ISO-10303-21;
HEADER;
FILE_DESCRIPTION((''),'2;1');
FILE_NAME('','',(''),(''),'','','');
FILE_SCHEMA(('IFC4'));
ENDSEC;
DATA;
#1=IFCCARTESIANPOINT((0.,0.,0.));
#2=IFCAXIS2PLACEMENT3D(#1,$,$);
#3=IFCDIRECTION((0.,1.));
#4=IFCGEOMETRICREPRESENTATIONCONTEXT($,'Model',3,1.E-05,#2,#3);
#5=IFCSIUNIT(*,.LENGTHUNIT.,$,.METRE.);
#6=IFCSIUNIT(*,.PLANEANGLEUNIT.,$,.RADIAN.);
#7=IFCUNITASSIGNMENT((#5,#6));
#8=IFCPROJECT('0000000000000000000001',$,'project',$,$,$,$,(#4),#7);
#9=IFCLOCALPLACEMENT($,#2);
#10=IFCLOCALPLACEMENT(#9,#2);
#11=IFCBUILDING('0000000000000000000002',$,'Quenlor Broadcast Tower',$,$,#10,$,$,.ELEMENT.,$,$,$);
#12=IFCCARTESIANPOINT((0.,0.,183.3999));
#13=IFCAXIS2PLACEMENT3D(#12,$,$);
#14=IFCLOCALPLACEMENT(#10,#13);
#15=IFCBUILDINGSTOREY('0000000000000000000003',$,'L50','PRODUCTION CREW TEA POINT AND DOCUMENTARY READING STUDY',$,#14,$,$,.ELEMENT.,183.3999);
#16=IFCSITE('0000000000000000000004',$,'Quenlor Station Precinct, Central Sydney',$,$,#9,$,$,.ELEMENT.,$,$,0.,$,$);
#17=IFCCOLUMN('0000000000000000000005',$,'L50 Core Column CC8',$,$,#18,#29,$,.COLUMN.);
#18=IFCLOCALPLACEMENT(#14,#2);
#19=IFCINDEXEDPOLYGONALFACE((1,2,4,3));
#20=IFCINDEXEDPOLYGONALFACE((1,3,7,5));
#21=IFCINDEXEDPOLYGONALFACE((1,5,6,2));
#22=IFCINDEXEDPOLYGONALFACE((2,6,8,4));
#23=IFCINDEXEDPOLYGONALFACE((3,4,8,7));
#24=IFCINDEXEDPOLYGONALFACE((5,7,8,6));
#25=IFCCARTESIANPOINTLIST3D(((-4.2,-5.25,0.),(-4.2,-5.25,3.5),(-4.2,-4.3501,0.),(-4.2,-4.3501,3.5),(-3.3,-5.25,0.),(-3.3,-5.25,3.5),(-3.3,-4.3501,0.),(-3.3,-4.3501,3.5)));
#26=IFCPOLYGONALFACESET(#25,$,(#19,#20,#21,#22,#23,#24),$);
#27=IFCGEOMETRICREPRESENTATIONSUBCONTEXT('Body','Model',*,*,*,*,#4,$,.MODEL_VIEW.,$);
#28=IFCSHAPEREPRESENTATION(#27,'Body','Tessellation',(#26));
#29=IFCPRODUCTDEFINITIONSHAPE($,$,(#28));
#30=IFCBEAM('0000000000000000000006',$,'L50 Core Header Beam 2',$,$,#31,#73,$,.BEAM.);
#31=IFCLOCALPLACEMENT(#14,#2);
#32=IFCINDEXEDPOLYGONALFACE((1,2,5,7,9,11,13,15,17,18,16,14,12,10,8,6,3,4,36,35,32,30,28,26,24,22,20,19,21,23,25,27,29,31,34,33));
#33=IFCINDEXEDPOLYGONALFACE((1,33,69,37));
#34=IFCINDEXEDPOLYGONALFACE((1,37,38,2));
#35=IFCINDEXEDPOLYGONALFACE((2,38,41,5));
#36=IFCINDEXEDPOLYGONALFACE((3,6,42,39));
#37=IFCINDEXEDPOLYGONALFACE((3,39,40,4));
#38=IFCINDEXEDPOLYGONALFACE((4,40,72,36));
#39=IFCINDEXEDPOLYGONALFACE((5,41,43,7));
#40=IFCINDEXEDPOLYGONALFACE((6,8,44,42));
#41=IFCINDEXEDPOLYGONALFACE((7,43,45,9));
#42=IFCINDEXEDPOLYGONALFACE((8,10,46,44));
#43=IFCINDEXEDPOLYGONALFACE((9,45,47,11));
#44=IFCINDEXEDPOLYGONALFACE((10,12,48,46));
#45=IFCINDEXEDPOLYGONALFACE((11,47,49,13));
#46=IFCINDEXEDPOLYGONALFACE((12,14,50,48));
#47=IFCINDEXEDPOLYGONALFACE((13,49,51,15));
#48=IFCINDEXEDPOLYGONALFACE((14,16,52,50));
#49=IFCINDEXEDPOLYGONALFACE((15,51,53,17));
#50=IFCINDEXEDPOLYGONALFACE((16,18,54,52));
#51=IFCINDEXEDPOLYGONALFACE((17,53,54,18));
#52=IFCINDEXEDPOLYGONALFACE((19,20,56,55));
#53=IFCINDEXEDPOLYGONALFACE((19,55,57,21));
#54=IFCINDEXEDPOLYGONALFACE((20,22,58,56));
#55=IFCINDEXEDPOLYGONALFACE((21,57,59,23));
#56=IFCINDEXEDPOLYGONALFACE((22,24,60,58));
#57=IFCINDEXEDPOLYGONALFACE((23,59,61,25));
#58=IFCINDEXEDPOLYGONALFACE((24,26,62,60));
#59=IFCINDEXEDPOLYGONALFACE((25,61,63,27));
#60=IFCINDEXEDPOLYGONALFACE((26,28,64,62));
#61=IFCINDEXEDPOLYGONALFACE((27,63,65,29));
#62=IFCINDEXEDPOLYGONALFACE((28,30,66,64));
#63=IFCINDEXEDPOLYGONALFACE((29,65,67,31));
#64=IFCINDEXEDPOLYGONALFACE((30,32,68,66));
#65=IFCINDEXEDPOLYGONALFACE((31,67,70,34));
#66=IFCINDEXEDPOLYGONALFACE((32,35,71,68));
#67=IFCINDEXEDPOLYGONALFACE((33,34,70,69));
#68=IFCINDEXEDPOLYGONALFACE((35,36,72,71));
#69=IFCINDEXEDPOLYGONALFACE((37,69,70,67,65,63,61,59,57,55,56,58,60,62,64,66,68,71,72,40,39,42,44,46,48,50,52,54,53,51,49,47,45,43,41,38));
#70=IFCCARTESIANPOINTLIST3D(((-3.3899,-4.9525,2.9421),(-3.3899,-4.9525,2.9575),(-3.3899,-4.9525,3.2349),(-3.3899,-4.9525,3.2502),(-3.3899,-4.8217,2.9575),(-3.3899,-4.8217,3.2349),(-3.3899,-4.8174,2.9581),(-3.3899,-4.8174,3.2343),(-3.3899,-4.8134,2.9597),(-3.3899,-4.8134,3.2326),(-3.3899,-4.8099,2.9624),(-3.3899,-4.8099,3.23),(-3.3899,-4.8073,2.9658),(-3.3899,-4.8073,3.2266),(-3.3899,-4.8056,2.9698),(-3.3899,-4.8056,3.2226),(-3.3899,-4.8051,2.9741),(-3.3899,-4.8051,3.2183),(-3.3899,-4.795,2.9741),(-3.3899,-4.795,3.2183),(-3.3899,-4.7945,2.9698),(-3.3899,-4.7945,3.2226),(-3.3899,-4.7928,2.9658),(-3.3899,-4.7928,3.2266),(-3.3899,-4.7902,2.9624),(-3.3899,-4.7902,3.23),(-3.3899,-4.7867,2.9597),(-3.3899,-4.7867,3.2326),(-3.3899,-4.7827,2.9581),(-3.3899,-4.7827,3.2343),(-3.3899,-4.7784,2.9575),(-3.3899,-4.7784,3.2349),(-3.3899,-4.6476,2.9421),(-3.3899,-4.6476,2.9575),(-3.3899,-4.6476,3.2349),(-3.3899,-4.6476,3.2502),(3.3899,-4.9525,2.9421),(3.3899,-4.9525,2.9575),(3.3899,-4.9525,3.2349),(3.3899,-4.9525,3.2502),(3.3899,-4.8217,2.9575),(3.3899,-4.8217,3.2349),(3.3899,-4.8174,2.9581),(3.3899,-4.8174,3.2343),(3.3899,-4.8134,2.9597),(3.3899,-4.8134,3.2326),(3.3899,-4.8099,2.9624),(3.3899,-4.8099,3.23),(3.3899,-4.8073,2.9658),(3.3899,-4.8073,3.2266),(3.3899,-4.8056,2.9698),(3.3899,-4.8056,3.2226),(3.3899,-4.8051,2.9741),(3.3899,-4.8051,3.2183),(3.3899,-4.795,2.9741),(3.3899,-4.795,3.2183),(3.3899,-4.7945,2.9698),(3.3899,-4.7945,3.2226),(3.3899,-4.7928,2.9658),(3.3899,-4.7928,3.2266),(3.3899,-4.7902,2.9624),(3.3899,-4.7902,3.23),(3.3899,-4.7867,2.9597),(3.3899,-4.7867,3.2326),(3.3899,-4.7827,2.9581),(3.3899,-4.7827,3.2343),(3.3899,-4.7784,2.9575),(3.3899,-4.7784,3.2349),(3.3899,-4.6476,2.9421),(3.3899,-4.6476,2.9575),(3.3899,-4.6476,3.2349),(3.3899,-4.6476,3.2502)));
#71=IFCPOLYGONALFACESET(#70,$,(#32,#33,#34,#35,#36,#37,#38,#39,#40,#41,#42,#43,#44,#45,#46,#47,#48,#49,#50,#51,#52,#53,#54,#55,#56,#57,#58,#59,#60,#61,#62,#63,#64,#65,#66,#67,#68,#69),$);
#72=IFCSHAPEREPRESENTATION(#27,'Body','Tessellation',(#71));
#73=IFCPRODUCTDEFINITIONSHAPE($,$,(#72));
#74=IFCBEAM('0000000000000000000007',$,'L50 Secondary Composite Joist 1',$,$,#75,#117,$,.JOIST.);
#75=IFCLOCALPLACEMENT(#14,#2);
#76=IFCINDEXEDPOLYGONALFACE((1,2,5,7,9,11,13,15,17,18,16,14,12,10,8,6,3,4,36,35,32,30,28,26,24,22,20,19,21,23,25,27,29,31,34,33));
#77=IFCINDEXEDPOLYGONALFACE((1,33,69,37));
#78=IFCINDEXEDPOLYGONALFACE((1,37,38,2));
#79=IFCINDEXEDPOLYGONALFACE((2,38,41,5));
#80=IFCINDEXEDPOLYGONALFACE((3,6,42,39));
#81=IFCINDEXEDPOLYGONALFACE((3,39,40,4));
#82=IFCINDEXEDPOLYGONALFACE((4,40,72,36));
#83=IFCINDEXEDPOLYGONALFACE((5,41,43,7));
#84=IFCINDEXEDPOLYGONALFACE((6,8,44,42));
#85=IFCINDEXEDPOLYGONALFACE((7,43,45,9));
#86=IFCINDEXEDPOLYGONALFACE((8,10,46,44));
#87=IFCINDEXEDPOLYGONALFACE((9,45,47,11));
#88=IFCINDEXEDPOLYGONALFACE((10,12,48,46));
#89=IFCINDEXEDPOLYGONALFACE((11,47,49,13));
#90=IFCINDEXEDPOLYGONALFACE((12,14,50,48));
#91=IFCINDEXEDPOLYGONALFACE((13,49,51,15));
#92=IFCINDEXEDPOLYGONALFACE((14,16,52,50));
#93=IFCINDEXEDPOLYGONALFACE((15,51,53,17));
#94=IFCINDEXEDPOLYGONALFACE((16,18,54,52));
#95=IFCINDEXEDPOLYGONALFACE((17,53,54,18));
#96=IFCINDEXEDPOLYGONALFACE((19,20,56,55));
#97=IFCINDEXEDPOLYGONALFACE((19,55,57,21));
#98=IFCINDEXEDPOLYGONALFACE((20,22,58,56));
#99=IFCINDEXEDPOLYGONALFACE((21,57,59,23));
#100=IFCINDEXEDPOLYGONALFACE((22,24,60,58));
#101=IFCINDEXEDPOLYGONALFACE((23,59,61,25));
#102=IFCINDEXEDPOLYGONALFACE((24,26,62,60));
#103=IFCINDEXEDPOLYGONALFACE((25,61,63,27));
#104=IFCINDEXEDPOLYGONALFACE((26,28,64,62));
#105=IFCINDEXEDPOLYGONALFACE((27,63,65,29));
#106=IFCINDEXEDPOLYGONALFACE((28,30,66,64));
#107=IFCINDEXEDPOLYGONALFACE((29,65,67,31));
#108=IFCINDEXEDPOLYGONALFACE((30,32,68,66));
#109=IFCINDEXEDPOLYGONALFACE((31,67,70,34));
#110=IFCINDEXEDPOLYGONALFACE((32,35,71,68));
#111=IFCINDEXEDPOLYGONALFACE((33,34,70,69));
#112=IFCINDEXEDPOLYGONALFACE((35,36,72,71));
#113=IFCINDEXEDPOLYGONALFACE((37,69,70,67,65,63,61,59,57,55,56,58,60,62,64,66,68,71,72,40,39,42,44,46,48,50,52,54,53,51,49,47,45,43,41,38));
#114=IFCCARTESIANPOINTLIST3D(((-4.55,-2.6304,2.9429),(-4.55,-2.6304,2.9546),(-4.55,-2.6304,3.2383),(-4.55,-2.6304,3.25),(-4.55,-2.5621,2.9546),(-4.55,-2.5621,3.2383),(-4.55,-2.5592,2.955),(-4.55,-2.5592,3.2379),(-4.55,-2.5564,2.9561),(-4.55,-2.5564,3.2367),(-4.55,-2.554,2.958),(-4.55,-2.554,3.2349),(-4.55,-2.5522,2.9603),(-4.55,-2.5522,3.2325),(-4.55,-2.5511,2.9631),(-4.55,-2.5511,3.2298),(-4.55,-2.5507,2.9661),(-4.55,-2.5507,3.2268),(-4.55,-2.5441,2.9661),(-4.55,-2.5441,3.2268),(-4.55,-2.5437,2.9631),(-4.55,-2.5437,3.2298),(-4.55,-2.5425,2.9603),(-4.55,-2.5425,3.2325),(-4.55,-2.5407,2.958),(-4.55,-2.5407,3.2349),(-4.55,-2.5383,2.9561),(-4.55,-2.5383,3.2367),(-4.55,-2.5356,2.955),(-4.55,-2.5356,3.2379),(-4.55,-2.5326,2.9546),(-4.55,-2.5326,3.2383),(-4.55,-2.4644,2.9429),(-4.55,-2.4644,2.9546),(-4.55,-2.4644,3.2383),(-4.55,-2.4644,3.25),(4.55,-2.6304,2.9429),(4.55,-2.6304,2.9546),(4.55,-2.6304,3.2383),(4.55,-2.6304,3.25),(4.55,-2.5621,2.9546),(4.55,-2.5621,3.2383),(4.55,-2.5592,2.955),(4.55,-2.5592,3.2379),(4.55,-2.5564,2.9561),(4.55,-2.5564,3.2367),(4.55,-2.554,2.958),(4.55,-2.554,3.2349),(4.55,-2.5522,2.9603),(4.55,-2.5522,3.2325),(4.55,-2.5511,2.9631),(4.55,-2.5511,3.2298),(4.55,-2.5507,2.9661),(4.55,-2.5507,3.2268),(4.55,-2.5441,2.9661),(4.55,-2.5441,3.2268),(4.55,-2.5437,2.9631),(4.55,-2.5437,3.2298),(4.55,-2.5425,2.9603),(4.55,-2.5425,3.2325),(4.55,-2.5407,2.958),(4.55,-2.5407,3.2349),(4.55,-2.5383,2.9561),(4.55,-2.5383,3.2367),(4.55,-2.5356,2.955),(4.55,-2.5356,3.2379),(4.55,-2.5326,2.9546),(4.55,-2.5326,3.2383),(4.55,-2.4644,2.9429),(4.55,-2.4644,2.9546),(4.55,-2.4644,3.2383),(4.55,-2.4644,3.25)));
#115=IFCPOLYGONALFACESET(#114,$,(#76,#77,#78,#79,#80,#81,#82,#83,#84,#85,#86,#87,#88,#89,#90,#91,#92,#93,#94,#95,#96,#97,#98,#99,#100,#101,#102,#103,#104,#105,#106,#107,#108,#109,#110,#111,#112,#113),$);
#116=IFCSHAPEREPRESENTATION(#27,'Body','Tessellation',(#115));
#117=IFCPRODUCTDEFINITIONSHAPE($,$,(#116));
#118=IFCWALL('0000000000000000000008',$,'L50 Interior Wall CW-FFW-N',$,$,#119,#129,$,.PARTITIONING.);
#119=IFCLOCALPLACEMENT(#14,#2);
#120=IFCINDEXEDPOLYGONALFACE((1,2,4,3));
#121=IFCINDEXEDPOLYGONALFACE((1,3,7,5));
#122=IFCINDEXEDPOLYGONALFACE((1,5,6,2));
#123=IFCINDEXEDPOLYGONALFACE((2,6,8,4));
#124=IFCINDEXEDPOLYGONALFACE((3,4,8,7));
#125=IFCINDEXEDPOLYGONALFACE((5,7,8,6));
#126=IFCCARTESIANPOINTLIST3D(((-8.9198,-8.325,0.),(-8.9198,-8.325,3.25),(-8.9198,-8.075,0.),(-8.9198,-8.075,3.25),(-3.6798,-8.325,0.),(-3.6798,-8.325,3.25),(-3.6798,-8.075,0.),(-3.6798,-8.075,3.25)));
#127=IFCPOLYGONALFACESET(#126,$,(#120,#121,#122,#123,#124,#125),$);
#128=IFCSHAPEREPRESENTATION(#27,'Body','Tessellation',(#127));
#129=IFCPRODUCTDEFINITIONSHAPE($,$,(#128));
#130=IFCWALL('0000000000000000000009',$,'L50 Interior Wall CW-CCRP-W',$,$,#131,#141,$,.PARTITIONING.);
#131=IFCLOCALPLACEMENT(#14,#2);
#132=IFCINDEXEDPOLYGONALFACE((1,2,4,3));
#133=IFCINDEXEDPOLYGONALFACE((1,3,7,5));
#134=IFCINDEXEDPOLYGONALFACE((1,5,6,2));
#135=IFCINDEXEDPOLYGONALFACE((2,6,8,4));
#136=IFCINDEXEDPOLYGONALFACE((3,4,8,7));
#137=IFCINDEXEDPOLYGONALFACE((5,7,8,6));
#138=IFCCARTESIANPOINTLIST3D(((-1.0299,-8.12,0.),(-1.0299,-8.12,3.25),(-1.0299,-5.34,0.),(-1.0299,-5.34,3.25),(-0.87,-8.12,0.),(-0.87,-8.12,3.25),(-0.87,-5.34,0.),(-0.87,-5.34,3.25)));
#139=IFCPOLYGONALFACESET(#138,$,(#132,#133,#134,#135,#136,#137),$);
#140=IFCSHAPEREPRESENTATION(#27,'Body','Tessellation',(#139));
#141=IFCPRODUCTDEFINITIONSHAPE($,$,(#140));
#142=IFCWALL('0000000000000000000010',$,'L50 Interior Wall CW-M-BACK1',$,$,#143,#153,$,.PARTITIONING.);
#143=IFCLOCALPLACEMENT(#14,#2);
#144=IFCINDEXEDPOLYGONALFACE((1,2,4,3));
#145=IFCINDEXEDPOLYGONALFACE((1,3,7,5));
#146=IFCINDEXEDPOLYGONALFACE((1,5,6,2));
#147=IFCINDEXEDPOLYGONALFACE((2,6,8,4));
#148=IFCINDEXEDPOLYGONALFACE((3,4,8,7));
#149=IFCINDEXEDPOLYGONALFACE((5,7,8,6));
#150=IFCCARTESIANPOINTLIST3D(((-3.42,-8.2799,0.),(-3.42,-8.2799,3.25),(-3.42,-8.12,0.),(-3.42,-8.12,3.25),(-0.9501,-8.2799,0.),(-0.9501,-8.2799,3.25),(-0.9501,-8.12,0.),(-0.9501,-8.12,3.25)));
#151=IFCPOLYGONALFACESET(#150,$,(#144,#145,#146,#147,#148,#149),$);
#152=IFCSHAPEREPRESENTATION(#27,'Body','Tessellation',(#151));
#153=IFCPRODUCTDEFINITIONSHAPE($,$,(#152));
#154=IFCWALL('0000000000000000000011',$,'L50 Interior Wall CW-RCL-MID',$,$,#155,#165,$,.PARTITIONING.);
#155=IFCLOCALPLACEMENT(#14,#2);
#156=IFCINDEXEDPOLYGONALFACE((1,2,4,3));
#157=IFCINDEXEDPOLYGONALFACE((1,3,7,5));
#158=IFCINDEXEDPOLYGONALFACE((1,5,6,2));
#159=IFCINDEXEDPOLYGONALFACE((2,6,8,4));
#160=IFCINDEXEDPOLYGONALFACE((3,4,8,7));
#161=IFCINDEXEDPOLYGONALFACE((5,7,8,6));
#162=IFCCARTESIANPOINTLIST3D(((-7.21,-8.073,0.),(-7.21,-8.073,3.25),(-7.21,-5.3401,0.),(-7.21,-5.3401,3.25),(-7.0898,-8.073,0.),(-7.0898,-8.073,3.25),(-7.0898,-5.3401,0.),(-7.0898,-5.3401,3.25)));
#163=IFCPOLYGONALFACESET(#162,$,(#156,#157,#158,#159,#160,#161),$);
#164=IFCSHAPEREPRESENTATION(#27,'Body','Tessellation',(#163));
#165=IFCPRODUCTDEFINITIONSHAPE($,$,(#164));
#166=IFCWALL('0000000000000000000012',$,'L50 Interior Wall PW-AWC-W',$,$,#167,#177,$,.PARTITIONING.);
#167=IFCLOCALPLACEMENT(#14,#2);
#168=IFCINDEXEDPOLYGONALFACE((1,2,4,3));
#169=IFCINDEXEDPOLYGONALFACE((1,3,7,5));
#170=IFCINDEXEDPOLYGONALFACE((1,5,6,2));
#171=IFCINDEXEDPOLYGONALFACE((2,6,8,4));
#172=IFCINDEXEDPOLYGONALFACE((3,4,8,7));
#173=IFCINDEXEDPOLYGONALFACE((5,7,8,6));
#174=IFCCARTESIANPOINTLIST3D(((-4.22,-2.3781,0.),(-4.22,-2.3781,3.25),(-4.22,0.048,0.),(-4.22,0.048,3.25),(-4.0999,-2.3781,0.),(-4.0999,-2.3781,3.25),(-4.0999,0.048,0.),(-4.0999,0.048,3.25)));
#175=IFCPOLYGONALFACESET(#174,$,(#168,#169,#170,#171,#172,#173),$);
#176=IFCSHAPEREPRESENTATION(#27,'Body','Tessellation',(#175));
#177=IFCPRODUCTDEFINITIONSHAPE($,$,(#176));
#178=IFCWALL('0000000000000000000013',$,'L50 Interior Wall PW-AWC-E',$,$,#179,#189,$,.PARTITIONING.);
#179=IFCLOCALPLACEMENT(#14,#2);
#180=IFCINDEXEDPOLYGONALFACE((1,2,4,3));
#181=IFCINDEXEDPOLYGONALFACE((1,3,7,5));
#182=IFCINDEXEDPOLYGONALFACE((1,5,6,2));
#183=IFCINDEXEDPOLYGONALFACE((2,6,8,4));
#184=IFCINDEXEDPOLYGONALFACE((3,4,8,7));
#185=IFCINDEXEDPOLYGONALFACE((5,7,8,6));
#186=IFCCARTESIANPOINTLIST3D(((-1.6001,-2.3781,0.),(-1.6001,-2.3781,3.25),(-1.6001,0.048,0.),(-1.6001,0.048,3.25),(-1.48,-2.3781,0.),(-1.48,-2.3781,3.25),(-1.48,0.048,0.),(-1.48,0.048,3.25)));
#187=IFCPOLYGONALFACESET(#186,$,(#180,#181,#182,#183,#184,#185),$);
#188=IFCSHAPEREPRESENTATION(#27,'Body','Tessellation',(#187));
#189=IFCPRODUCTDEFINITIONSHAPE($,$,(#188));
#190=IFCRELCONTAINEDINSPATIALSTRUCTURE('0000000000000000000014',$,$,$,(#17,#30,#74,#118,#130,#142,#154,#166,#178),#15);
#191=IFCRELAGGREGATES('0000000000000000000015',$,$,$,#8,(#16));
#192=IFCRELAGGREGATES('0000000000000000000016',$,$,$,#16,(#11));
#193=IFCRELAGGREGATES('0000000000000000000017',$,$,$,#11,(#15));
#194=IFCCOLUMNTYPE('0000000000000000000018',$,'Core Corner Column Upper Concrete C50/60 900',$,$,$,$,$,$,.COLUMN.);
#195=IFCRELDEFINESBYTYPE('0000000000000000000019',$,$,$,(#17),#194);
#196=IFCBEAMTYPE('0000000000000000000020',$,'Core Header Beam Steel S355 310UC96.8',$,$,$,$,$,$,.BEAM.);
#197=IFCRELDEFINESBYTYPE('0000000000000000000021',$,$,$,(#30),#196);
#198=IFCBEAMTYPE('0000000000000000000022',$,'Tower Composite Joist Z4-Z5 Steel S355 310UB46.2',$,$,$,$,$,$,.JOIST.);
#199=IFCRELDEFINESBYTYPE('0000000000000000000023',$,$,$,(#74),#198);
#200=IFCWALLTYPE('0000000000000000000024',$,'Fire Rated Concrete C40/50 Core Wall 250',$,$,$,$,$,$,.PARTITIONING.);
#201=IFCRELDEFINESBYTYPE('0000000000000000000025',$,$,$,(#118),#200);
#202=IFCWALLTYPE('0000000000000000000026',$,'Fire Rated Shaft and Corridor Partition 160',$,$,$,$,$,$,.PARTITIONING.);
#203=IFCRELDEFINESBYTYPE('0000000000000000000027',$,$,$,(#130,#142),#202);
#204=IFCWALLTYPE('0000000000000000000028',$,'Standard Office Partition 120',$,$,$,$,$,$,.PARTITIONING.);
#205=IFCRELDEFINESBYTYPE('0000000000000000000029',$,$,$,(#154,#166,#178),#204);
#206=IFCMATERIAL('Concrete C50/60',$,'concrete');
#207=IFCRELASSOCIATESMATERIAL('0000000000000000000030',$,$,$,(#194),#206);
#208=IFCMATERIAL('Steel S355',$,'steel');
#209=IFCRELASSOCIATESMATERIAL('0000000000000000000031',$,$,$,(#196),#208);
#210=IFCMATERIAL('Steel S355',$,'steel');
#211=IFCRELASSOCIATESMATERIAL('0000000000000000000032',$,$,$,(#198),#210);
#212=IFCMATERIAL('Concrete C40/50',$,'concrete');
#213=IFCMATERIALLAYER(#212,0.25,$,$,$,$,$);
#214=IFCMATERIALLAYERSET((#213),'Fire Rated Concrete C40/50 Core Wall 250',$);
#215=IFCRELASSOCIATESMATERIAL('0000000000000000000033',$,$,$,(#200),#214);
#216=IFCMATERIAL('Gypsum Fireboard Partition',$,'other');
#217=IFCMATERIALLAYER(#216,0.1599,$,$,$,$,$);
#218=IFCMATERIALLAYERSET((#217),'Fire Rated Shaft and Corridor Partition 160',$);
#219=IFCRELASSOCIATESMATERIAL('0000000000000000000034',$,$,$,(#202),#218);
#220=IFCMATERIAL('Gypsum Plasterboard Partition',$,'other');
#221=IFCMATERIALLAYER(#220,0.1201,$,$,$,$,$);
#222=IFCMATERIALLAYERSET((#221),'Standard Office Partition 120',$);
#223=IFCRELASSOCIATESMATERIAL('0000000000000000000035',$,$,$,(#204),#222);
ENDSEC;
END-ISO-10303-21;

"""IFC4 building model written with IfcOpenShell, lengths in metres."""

from ifc_helpers import new_model, si_unit, direction, frame, frame_2d, origin, origin_2d, place, context, subcontext, project, spatial, rectangle, i_section, extrude, material, layer, layer_set, material_profile, profile_set, type_object, element, save


model = new_model("IFC4")

# Units and contexts
model_context = context("Model", 3, precision=1e-05, world=origin(), true_north=direction((0.0, 1.0)))
body_context = subcontext(model_context, "Body", "Model", "MODEL_VIEW")
ifc_project = project(units=[si_unit("LENGTHUNIT", "METRE"), si_unit("PLANEANGLEUNIT", "RADIAN")], contexts=[model_context])

# Site, building, storey
site_placement = place(None, origin())
site = spatial("IfcSite", under=ifc_project, at=site_placement, Name="Quenlor Station Precinct, Central Sydney", CompositionType="ELEMENT", RefElevation=0.0)
building_placement = place(site_placement, origin())
building = spatial("IfcBuilding", under=site, at=building_placement, Name="Quenlor Broadcast Tower", CompositionType="ELEMENT")
storey_placement = place(building_placement, frame((0.0, 0.0, 183.3999)))
storey = spatial("IfcBuildingStorey", under=building, at=storey_placement, Name="L50", Description="PRODUCTION CREW TEA POINT AND DOCUMENTARY READING STUDY", CompositionType="ELEMENT", Elevation=183.3999)

# Column
ifc_material_1 = material(Name="Concrete C50/60", Category="concrete")
ifc_material_profile_1 = material_profile(ifc_material_1, rectangle(XDim=0.8999, YDim=0.8999, at=origin_2d()))
ifc_profile_set_1 = profile_set([ifc_material_profile_1], Name="Concrete C50/60 RC900x900")
column_type = type_object("IfcColumnType", Name="Core Corner Column Upper Concrete C50/60 900", PredefinedType="COLUMN", material=ifc_profile_set_1)
column_placement = place(storey_placement, frame((-3.75, -4.8, 0.0), z_axis=(0.0, 0.0, 1.0), x_axis=(1.0, 0.0, 0.0)))
element("IfcColumn", 1, at=column_placement, inside=storey, type_object=column_type, Name="L50 Core Column CC8", PredefinedType="COLUMN", context=body_context, shape_type="SweptSolid", body=[
    extrude(rectangle(XDim=0.8999, YDim=0.8999, at=origin_2d()), origin(), (0.0, 0.0, 1.0), 3.5),
])

# Beams
ifc_material_2 = material(Name="Steel S355", Category="steel")
ifc_material_profile_2 = material_profile(ifc_material_2, i_section(OverallWidth=0.3049, OverallDepth=0.3081, WebThickness=0.01, FlangeThickness=0.0154, FilletRadius=0.0166, at=origin_2d()))
ifc_profile_set_2 = profile_set([ifc_material_profile_2], Name="Steel S355 310UC96.8")
beam_type_1 = type_object("IfcBeamType", Name="Core Header Beam Steel S355 310UC96.8", PredefinedType="BEAM", material=ifc_profile_set_2)
beam_1_placement = place(storey_placement, frame((-3.3899, -4.8, 3.0962), z_axis=(1.0, 0.0, 0.0), x_axis=(0.0, 1.0, 0.0)))
element("IfcBeam", 2, at=beam_1_placement, inside=storey, type_object=beam_type_1, Name="L50 Core Header Beam 2", PredefinedType="BEAM", context=body_context, shape_type="SweptSolid", body=[
    extrude(i_section(OverallWidth=0.3049, OverallDepth=0.3081, WebThickness=0.01, FlangeThickness=0.0154, FilletRadius=0.0166, at=origin_2d()), origin(), (0.0, 0.0, 1.0), 6.7798),
])
ifc_material_3 = material(Name="Steel S355", Category="steel")
ifc_material_profile_3 = material_profile(ifc_material_3, i_section(OverallWidth=0.166, OverallDepth=0.3071, WebThickness=0.0066, FlangeThickness=0.0117, FilletRadius=0.0115, at=origin_2d()))
ifc_profile_set_3 = profile_set([ifc_material_profile_3], Name="Steel S355 310UB46.2")
beam_type_2 = type_object("IfcBeamType", Name="Tower Composite Joist Z4-Z5 Steel S355 310UB46.2", PredefinedType="JOIST", material=ifc_profile_set_3)
beam_2_placement = place(storey_placement, frame((-4.55, -2.5474, 3.0964), z_axis=(1.0, 0.0, 0.0), x_axis=(0.0, 1.0, 0.0)))
element("IfcBeam", 3, at=beam_2_placement, inside=storey, type_object=beam_type_2, Name="L50 Secondary Composite Joist 1", PredefinedType="JOIST", context=body_context, shape_type="SweptSolid", body=[
    extrude(i_section(OverallWidth=0.166, OverallDepth=0.3071, WebThickness=0.0066, FlangeThickness=0.0117, FilletRadius=0.0115, at=origin_2d()), origin(), (0.0, 0.0, 1.0), 9.1001),
])

# Wall
ifc_material_4 = material(Name="Concrete C40/50", Category="concrete")
ifc_layer_1 = layer(ifc_material_4, 0.25)
ifc_layer_set_1 = layer_set([ifc_layer_1], Name="Fire Rated Concrete C40/50 Core Wall 250")
wall_type_1 = type_object("IfcWallType", Name="Fire Rated Concrete C40/50 Core Wall 250", PredefinedType="PARTITIONING", material=ifc_layer_set_1)
wall_1_placement = place(storey_placement, frame((-8.9199, -8.2, 0.0), z_axis=(0.0, 0.0, 1.0), x_axis=(1.0, 0.0, 0.0)))
element("IfcWall", 4, at=wall_1_placement, inside=storey, type_object=wall_type_1, Name="L50 Interior Wall CW-FFW-N", PredefinedType="PARTITIONING", context=body_context, shape_type="SweptSolid", body=[
    extrude(rectangle(XDim=5.24, YDim=0.25, at=frame_2d((2.6201, 0.0))), origin(), (0.0, 0.0, 1.0), 3.25),
])

# Walls
ifc_material_5 = material(Name="Gypsum Fireboard Partition", Category="other")
ifc_layer_2 = layer(ifc_material_5, 0.1599)
ifc_layer_set_2 = layer_set([ifc_layer_2], Name="Fire Rated Shaft and Corridor Partition 160")
wall_type_2 = type_object("IfcWallType", Name="Fire Rated Shaft and Corridor Partition 160", PredefinedType="PARTITIONING", material=ifc_layer_set_2)
wall_2_placement = place(storey_placement, frame((-0.95, -8.1201, 0.0), z_axis=(0.0, 0.0, 1.0), x_axis=(0.0, 1.0, 0.0)))
element("IfcWall", 5, at=wall_2_placement, inside=storey, type_object=wall_type_2, Name="L50 Interior Wall CW-CCRP-W", PredefinedType="PARTITIONING", context=body_context, shape_type="SweptSolid", body=[
    extrude(rectangle(XDim=2.78, YDim=0.1599, at=frame_2d((1.3901, 0.0))), origin(), (0.0, 0.0, 1.0), 3.25),
])
wall_3_placement = place(storey_placement, frame((-3.4199, -8.2, 0.0), z_axis=(0.0, 0.0, 1.0), x_axis=(1.0, 0.0, 0.0)))
element("IfcWall", 6, at=wall_3_placement, inside=storey, type_object=wall_type_2, Name="L50 Interior Wall CW-M-BACK1", PredefinedType="PARTITIONING", context=body_context, shape_type="SweptSolid", body=[
    extrude(rectangle(XDim=2.47, YDim=0.1599, at=frame_2d((1.2349, 0.0))), origin(), (0.0, 0.0, 1.0), 3.25),
])
ifc_material_6 = material(Name="Gypsum Plasterboard Partition", Category="other")
ifc_layer_3 = layer(ifc_material_6, 0.1201)
ifc_layer_set_3 = layer_set([ifc_layer_3], Name="Standard Office Partition 120")
wall_type_3 = type_object("IfcWallType", Name="Standard Office Partition 120", PredefinedType="PARTITIONING", material=ifc_layer_set_3)
wall_4_placement = place(storey_placement, frame((-7.1499, -8.073, 0.0), z_axis=(0.0, 0.0, 1.0), x_axis=(0.0, 1.0, 0.0)))
element("IfcWall", 7, at=wall_4_placement, inside=storey, type_object=wall_type_3, Name="L50 Interior Wall CW-RCL-MID", PredefinedType="PARTITIONING", context=body_context, shape_type="SweptSolid", body=[
    extrude(rectangle(XDim=2.7329, YDim=0.1201, at=frame_2d((1.3665, 0.0))), origin(), (0.0, 0.0, 1.0), 3.25),
])

# Walls
for number, where, z_axis, x_axis, name in (
    (8, (-4.1599, -2.3779, 0.0), (0.0, 0.0, 1.0), (0.0, 1.0, 0.0), "L50 Interior Wall PW-AWC-W"),
    (9, (-1.54, -2.3779, 0.0), (0.0, 0.0, 1.0), (0.0, 1.0, 0.0), "L50 Interior Wall PW-AWC-E"),
):
    element("IfcWall", number, at=place(storey_placement, frame(where, z_axis=z_axis, x_axis=x_axis)), inside=storey, type_object=wall_type_3, Name=name, PredefinedType="PARTITIONING", context=body_context, shape_type="SweptSolid", body=[
        extrude(rectangle(XDim=2.426, YDim=0.1201, at=frame_2d((1.2129, 0.0))), origin(), (0.0, 0.0, 1.0), 3.25),
    ])

save(model, "model.ifc")
